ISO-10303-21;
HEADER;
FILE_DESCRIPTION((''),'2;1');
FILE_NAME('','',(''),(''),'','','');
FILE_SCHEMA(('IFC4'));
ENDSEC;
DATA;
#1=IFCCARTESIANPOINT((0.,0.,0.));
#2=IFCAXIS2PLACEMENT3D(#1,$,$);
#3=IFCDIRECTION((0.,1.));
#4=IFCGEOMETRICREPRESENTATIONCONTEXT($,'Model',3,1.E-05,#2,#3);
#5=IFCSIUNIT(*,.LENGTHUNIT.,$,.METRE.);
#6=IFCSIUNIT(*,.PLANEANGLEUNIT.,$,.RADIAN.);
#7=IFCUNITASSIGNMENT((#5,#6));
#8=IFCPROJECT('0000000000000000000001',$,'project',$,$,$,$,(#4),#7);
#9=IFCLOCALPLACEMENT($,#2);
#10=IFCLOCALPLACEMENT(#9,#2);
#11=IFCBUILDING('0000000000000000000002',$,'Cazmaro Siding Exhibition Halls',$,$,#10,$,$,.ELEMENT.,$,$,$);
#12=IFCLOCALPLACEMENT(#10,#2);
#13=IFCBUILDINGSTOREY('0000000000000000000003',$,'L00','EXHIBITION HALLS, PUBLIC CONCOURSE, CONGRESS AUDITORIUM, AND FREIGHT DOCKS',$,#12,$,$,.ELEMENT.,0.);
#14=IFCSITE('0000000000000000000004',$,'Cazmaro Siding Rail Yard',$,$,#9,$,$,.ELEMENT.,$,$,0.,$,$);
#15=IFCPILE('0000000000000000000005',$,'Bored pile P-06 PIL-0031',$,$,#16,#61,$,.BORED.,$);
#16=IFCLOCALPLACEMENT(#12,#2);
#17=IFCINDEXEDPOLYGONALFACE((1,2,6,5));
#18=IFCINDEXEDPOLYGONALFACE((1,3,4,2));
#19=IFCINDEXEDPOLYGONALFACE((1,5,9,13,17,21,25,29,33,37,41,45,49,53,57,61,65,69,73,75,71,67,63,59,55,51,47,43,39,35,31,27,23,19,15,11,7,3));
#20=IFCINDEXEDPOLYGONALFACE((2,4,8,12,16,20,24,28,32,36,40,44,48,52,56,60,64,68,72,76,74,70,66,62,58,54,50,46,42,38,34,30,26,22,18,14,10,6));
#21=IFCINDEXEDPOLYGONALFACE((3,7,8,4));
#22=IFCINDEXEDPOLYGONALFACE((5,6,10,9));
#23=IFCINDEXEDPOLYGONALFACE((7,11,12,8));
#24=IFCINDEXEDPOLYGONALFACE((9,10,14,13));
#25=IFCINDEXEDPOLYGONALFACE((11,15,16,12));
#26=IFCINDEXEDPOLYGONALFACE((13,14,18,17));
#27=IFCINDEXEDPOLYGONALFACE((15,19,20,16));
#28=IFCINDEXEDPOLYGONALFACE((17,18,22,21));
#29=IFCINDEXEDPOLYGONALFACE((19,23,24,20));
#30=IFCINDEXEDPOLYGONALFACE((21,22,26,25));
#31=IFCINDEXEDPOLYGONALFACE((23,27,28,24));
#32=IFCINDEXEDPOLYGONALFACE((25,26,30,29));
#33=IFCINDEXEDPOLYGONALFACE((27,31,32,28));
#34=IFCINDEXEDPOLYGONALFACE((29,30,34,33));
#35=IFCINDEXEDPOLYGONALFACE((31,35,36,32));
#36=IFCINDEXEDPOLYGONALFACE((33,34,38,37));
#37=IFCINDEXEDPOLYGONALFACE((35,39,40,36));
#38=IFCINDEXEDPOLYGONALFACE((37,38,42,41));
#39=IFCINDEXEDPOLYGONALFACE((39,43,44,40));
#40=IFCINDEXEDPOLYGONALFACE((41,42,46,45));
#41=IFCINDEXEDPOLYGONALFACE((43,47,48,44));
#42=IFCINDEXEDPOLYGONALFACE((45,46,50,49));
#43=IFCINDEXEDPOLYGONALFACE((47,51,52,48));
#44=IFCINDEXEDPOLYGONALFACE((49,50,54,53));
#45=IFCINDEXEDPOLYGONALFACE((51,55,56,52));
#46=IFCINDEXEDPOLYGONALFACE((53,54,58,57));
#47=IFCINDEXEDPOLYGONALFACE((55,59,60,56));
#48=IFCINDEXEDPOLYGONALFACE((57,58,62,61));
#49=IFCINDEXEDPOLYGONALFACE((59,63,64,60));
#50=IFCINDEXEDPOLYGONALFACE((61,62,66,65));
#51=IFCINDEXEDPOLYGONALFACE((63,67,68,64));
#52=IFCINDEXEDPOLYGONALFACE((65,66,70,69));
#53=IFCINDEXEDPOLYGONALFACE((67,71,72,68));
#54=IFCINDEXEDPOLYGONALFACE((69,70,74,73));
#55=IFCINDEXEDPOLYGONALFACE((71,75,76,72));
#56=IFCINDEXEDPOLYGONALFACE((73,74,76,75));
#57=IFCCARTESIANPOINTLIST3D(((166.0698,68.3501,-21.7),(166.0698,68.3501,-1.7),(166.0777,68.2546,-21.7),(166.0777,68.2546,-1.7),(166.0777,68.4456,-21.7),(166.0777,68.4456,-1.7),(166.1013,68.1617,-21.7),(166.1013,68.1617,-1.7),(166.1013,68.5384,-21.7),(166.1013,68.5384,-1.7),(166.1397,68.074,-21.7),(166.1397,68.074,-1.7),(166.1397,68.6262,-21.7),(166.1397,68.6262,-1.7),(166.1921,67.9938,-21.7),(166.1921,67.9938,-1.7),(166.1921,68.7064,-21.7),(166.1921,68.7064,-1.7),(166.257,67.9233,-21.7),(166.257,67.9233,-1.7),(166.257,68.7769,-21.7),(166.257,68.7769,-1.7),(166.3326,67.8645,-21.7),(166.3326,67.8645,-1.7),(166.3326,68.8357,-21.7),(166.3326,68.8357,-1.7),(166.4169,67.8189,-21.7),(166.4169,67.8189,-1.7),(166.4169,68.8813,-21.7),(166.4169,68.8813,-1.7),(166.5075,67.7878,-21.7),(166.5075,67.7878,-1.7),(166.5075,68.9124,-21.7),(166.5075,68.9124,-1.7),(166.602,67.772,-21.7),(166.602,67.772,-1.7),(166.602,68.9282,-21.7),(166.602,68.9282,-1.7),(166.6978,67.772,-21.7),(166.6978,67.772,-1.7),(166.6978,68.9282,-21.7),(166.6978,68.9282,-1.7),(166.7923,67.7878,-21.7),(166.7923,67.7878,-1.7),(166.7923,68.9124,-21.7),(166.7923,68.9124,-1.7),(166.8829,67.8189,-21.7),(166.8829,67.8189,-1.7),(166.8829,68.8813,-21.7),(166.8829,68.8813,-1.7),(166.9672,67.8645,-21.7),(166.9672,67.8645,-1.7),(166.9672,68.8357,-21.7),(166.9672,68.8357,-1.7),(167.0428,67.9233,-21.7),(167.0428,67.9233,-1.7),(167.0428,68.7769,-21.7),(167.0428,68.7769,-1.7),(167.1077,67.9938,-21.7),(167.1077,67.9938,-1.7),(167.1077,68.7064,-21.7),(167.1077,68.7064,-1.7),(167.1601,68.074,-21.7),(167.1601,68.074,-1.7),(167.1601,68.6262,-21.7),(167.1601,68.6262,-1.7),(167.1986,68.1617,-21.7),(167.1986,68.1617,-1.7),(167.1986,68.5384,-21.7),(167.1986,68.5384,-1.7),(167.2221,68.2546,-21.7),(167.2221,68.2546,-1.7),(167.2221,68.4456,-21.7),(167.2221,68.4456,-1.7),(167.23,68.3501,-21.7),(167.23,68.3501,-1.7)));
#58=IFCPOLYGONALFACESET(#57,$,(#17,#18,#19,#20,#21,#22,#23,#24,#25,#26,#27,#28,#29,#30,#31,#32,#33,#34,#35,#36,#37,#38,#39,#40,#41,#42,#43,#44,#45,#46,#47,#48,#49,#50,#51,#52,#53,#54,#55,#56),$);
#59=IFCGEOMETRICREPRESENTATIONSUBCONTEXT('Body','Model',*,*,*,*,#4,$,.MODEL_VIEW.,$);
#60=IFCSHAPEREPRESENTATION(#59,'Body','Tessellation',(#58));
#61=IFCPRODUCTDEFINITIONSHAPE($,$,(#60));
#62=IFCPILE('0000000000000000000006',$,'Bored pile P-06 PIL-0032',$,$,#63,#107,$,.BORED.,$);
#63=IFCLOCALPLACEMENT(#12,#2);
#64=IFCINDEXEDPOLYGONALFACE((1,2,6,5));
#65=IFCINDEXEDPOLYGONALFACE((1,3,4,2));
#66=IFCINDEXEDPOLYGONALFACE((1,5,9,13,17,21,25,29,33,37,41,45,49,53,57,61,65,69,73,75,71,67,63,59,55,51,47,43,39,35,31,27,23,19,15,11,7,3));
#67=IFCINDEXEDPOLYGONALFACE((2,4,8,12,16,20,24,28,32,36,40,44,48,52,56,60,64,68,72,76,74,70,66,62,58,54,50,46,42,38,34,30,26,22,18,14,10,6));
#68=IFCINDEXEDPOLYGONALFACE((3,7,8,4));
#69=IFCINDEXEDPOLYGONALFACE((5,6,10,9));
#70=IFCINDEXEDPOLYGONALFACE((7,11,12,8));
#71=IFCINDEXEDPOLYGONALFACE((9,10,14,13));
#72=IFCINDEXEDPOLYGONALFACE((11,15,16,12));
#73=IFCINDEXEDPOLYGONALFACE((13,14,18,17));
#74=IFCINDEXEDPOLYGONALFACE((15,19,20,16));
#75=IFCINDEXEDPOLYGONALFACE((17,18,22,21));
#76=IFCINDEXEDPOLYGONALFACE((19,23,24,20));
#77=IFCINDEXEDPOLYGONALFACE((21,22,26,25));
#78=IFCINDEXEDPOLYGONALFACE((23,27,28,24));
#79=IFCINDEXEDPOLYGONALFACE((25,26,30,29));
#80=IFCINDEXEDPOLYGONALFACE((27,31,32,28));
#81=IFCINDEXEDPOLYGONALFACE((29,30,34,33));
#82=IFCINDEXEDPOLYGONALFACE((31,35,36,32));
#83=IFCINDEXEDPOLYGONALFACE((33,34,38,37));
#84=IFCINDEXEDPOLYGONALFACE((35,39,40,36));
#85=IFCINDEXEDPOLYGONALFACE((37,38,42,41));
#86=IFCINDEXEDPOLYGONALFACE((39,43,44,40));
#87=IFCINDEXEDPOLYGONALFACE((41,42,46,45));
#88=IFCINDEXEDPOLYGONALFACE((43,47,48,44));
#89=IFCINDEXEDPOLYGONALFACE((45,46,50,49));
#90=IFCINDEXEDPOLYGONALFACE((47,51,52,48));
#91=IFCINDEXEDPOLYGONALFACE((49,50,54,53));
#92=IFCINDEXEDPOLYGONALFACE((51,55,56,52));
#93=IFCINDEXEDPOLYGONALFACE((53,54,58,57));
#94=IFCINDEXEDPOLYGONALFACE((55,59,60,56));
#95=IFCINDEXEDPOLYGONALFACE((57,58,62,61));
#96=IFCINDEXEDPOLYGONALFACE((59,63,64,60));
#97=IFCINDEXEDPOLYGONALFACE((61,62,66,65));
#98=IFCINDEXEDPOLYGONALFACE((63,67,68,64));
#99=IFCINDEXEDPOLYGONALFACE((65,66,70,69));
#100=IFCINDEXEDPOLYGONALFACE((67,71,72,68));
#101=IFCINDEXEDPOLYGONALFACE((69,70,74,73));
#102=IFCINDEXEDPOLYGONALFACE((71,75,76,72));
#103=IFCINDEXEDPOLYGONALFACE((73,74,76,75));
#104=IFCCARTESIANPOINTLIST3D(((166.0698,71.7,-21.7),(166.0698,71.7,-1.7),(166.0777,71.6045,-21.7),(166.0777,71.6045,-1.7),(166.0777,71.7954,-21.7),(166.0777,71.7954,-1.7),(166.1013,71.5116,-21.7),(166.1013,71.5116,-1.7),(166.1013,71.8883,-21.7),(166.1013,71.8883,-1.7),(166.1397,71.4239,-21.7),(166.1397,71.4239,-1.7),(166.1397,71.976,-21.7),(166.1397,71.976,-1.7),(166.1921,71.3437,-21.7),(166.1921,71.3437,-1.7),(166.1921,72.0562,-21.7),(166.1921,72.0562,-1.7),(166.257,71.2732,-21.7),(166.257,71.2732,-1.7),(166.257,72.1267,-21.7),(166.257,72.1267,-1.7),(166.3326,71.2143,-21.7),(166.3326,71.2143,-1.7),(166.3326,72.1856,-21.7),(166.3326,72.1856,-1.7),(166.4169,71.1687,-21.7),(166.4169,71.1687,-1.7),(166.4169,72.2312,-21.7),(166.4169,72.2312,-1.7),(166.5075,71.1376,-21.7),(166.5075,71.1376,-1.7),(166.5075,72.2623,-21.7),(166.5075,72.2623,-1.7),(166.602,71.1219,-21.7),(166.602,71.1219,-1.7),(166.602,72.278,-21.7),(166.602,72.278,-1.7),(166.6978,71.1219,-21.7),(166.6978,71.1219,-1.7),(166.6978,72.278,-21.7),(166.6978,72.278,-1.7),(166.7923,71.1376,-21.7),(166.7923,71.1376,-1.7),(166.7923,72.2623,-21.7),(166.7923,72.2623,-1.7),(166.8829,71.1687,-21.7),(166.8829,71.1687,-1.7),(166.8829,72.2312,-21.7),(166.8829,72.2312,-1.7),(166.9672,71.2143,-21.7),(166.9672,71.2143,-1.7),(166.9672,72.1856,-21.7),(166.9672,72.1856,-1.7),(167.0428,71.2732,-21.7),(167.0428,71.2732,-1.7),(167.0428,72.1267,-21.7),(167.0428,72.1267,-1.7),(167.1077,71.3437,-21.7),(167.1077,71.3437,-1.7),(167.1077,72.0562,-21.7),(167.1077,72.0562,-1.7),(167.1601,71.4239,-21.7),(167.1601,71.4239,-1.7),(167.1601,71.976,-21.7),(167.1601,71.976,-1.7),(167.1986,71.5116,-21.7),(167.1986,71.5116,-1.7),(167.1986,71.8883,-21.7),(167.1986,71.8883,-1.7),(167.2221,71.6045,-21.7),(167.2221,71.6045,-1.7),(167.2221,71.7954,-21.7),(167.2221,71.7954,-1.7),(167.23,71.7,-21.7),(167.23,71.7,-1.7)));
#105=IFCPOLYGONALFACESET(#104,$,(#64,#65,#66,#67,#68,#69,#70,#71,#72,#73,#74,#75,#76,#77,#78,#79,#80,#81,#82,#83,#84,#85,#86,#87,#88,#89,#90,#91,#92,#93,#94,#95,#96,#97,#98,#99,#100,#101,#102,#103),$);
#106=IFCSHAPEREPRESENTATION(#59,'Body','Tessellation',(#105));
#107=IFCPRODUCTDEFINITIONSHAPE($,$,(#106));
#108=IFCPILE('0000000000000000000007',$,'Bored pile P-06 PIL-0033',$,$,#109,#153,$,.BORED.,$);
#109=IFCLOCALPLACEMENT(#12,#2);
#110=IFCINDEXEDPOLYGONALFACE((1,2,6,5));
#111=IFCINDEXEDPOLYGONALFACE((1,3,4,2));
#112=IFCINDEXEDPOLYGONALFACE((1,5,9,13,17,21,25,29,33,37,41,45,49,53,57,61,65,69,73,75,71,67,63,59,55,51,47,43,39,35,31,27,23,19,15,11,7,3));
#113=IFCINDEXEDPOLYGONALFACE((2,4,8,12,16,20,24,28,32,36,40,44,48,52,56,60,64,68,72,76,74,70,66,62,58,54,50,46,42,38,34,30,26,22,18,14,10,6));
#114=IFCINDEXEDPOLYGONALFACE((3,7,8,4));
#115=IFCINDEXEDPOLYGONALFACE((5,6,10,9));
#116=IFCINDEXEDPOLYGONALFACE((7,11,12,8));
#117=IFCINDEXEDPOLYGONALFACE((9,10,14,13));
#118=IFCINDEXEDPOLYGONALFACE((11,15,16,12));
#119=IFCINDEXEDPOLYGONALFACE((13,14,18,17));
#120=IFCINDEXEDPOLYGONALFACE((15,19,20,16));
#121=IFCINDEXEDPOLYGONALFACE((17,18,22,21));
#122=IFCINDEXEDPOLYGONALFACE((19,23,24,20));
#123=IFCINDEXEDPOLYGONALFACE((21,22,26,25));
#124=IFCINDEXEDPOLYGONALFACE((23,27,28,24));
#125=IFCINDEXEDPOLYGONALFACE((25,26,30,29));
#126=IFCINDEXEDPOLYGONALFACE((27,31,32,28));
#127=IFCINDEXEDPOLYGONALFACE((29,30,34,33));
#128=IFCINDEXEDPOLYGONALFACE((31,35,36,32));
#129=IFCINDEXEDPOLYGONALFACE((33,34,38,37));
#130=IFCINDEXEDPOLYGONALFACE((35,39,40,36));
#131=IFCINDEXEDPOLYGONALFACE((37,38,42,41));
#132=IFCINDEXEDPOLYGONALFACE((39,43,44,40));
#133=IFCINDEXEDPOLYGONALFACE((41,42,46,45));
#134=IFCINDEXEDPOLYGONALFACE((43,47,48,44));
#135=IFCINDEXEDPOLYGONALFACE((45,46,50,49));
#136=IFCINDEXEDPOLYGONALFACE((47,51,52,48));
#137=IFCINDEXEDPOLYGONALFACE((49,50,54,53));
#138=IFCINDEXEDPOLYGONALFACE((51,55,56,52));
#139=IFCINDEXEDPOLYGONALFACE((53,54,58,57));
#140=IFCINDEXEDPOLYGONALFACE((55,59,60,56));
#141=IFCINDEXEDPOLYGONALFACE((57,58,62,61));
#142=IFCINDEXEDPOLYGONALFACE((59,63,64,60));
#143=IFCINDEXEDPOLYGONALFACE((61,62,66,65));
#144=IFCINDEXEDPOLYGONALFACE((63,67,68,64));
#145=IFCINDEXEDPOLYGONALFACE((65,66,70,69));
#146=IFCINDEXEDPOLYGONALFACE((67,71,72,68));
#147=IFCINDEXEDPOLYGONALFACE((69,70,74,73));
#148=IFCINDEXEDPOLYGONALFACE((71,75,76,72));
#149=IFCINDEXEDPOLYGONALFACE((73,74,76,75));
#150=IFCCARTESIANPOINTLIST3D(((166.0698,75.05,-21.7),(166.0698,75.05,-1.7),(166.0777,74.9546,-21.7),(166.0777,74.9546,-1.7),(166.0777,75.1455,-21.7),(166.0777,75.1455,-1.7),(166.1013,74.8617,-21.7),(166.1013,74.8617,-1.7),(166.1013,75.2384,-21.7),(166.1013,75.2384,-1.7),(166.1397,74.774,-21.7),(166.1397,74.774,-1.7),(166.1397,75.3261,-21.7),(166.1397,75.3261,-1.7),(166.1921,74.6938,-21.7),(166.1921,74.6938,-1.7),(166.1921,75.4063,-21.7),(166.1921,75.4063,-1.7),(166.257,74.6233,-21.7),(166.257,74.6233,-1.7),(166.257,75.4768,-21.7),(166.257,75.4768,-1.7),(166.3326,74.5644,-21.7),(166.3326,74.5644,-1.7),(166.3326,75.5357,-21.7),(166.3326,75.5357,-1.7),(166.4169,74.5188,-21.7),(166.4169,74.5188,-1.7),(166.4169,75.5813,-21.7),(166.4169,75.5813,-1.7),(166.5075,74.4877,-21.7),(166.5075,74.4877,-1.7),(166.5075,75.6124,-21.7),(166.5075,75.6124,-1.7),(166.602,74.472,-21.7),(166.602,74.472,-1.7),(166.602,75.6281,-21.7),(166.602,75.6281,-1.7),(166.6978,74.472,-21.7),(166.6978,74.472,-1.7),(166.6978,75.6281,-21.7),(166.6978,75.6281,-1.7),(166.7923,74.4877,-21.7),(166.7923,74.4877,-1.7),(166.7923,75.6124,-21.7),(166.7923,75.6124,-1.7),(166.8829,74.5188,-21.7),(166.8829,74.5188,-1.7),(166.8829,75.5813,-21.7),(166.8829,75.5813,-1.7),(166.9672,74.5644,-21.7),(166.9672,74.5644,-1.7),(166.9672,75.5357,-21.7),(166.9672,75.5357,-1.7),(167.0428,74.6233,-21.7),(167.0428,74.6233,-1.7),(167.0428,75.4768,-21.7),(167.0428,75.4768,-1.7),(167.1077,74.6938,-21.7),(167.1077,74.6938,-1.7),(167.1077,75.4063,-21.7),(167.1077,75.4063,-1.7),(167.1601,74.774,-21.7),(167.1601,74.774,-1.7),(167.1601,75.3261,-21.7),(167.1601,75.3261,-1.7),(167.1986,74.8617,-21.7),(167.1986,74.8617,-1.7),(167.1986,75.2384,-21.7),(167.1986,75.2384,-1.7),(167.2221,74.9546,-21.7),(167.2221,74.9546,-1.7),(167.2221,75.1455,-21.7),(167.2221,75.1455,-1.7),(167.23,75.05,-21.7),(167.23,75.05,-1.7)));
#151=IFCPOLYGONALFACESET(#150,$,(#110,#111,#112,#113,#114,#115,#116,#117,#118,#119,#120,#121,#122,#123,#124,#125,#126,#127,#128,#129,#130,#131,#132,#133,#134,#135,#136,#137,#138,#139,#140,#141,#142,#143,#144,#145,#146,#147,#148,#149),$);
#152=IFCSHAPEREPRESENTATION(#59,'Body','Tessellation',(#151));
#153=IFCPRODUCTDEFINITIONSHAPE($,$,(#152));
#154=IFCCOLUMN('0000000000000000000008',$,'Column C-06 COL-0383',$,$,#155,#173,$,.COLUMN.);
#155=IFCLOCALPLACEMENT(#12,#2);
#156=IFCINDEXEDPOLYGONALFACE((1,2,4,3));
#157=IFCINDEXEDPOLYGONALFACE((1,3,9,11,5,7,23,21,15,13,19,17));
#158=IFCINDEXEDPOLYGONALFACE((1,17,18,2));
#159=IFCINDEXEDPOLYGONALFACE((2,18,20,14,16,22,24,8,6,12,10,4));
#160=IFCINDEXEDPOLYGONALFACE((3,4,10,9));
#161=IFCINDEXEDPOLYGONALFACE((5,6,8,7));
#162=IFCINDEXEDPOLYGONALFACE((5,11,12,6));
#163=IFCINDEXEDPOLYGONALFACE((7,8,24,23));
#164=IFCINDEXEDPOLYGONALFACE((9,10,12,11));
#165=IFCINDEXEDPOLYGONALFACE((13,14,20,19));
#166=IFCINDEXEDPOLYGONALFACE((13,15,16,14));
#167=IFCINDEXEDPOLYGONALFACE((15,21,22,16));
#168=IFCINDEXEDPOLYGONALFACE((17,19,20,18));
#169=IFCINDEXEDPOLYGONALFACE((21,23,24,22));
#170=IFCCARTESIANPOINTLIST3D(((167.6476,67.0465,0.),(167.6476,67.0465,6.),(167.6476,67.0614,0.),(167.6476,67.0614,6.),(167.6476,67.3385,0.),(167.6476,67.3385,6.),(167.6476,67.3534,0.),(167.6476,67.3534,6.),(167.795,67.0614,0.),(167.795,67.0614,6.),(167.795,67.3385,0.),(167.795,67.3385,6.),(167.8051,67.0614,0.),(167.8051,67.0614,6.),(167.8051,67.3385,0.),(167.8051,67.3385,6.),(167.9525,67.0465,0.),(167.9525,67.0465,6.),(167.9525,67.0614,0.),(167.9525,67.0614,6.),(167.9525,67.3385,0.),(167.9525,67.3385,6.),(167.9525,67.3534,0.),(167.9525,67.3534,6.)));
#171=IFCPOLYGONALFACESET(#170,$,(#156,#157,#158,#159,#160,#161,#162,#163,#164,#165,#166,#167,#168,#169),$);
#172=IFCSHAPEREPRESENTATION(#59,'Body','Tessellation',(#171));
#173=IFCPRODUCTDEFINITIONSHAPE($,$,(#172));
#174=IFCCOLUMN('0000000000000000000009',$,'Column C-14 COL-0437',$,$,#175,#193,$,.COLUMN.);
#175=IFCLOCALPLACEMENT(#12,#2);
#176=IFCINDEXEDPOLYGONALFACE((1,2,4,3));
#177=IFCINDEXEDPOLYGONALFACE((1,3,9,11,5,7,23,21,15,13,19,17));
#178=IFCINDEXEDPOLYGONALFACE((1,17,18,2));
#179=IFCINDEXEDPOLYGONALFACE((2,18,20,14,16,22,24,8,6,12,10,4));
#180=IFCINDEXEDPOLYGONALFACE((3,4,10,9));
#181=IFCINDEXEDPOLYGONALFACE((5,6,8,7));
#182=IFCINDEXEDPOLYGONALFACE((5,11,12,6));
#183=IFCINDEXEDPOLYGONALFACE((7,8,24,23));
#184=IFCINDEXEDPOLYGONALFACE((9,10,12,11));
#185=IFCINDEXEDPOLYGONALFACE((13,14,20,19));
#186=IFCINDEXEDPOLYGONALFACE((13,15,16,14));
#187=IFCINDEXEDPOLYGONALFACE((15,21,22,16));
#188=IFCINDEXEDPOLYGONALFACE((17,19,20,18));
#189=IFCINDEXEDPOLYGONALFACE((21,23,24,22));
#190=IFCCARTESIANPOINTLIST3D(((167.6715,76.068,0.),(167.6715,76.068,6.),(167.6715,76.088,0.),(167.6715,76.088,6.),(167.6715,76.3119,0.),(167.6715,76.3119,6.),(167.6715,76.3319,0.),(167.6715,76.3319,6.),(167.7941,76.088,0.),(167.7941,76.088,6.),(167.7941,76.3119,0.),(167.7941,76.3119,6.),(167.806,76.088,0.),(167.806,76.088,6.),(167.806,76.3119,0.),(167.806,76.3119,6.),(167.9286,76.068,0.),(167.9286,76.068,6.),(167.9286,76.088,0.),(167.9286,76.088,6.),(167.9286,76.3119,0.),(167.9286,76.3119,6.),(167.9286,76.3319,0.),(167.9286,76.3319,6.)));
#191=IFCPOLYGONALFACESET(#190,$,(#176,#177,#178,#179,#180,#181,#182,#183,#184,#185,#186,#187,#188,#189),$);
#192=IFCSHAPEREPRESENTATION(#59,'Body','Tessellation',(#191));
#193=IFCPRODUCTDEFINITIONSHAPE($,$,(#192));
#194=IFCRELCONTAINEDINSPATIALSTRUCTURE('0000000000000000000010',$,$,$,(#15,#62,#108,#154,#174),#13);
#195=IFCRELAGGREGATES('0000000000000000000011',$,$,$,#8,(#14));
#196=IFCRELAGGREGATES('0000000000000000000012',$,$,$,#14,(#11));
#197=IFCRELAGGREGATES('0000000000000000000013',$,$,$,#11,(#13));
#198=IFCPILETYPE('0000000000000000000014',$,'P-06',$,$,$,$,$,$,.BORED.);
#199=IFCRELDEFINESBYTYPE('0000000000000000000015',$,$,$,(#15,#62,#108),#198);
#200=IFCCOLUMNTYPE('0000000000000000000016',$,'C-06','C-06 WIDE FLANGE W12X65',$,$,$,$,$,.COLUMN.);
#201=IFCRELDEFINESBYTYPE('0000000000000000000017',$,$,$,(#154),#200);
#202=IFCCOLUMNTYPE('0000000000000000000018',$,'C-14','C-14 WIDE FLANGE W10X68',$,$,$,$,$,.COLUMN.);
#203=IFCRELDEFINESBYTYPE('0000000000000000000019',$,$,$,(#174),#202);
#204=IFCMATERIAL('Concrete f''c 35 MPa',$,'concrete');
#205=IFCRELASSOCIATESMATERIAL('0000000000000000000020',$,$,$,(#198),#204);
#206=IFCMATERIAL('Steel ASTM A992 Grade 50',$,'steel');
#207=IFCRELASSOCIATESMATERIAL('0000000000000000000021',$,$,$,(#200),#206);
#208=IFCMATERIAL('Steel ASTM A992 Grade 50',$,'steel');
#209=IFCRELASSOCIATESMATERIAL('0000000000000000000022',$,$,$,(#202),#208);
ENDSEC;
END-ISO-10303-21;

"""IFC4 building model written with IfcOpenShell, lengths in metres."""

from ifc_helpers import new_model, si_unit, direction, frame, origin, origin_2d, place, context, subcontext, project, spatial, circle, i_section, extrude, material, material_profile, profile_set, type_object, element, save


model = new_model("IFC4")

# Units and contexts
model_context = context("Model", 3, precision=1e-05, world=origin(), true_north=direction((0.0, 1.0)))
body_context = subcontext(model_context, "Body", "Model", "MODEL_VIEW")
ifc_project = project(units=[si_unit("LENGTHUNIT", "METRE"), si_unit("PLANEANGLEUNIT", "RADIAN")], contexts=[model_context])

# Site, building, storey
site_placement = place(None, origin())
site = spatial("IfcSite", under=ifc_project, at=site_placement, Name="Cazmaro Siding Rail Yard", CompositionType="ELEMENT", RefElevation=0.0)
building_placement = place(site_placement, origin())
building = spatial("IfcBuilding", under=site, at=building_placement, Name="Cazmaro Siding Exhibition Halls", CompositionType="ELEMENT")
storey_placement = place(building_placement, origin())
storey = spatial("IfcBuildingStorey", under=building, at=storey_placement, Name="L00", Description="EXHIBITION HALLS, PUBLIC CONCOURSE, CONGRESS AUDITORIUM, AND FREIGHT DOCKS", CompositionType="ELEMENT", Elevation=0.0)

# Piles
ifc_material_1 = material(Name="Concrete f'c 35 MPa", Category="concrete")
ifc_material_profile_1 = material_profile(ifc_material_1, circle(Radius=0.5801, at=origin_2d()), Name="CIDH-1160")
ifc_profile_set_1 = profile_set([ifc_material_profile_1], Name="Concrete f'c 35 MPa")
pile_type = type_object("IfcPileType", Name="P-06", PredefinedType="BORED", material=ifc_profile_set_1)
for number, where, z_axis, x_axis, name in (
    (1, (166.6499, 68.3501, -1.7), (0.0, 0.0, -1.0), (1.0, 0.0, 0.0), "Bored pile P-06 PIL-0031"),
    (2, (166.6499, 71.7, -1.7), (0.0, 0.0, -1.0), (1.0, 0.0, 0.0), "Bored pile P-06 PIL-0032"),
    (3, (166.6499, 75.05, -1.7), (0.0, 0.0, -1.0), (1.0, 0.0, 0.0), "Bored pile P-06 PIL-0033"),
):
    element("IfcPile", number, at=place(storey_placement, frame(where, z_axis=z_axis, x_axis=x_axis)), inside=storey, type_object=pile_type, Name=name, PredefinedType="BORED", context=body_context, shape_type="SweptSolid", body=[
        extrude(circle(Radius=0.5801, at=origin_2d()), origin(), (0.0, 0.0, 1.0), 20.0),
    ])

# Columns
ifc_material_2 = material(Name="Steel ASTM A992 Grade 50", Category="steel")
ifc_material_profile_2 = material_profile(ifc_material_2, i_section(OverallWidth=0.3049, OverallDepth=0.3069, WebThickness=0.01, FlangeThickness=0.0149, at=origin_2d()), Name="W12X65")
ifc_profile_set_2 = profile_set([ifc_material_profile_2], Name="Steel ASTM A992 Grade 50")
column_type_1 = type_object("IfcColumnType", Name="C-06", Description="C-06 WIDE FLANGE W12X65", PredefinedType="COLUMN", material=ifc_profile_set_2)
column_1_placement = place(storey_placement, frame((167.8, 67.2, 0.0), z_axis=(0.0, 0.0, 1.0), x_axis=(1.0, 0.0, 0.0)))
element("IfcColumn", 4, at=column_1_placement, inside=storey, type_object=column_type_1, Name="Column C-06 COL-0383", PredefinedType="COLUMN", context=body_context, shape_type="SweptSolid", body=[
    extrude(i_section(OverallWidth=0.3049, OverallDepth=0.3069, WebThickness=0.01, FlangeThickness=0.0149, at=origin_2d()), origin(), (0.0, 0.0, 1.0), 6.0),
])
ifc_material_3 = material(Name="Steel ASTM A992 Grade 50", Category="steel")
ifc_material_profile_3 = material_profile(ifc_material_3, i_section(OverallWidth=0.2571, OverallDepth=0.2639, WebThickness=0.012, FlangeThickness=0.02, at=origin_2d()), Name="W10X68")
ifc_profile_set_3 = profile_set([ifc_material_profile_3], Name="Steel ASTM A992 Grade 50")
column_type_2 = type_object("IfcColumnType", Name="C-14", Description="C-14 WIDE FLANGE W10X68", PredefinedType="COLUMN", material=ifc_profile_set_3)
column_2_placement = place(storey_placement, frame((167.8, 76.2, 0.0), z_axis=(0.0, 0.0, 1.0), x_axis=(1.0, 0.0, 0.0)))
element("IfcColumn", 5, at=column_2_placement, inside=storey, type_object=column_type_2, Name="Column C-14 COL-0437", PredefinedType="COLUMN", context=body_context, shape_type="SweptSolid", body=[
    extrude(i_section(OverallWidth=0.2571, OverallDepth=0.2639, WebThickness=0.012, FlangeThickness=0.02, at=origin_2d()), origin(), (0.0, 0.0, 1.0), 6.0),
])

save(model, "model.ifc")
